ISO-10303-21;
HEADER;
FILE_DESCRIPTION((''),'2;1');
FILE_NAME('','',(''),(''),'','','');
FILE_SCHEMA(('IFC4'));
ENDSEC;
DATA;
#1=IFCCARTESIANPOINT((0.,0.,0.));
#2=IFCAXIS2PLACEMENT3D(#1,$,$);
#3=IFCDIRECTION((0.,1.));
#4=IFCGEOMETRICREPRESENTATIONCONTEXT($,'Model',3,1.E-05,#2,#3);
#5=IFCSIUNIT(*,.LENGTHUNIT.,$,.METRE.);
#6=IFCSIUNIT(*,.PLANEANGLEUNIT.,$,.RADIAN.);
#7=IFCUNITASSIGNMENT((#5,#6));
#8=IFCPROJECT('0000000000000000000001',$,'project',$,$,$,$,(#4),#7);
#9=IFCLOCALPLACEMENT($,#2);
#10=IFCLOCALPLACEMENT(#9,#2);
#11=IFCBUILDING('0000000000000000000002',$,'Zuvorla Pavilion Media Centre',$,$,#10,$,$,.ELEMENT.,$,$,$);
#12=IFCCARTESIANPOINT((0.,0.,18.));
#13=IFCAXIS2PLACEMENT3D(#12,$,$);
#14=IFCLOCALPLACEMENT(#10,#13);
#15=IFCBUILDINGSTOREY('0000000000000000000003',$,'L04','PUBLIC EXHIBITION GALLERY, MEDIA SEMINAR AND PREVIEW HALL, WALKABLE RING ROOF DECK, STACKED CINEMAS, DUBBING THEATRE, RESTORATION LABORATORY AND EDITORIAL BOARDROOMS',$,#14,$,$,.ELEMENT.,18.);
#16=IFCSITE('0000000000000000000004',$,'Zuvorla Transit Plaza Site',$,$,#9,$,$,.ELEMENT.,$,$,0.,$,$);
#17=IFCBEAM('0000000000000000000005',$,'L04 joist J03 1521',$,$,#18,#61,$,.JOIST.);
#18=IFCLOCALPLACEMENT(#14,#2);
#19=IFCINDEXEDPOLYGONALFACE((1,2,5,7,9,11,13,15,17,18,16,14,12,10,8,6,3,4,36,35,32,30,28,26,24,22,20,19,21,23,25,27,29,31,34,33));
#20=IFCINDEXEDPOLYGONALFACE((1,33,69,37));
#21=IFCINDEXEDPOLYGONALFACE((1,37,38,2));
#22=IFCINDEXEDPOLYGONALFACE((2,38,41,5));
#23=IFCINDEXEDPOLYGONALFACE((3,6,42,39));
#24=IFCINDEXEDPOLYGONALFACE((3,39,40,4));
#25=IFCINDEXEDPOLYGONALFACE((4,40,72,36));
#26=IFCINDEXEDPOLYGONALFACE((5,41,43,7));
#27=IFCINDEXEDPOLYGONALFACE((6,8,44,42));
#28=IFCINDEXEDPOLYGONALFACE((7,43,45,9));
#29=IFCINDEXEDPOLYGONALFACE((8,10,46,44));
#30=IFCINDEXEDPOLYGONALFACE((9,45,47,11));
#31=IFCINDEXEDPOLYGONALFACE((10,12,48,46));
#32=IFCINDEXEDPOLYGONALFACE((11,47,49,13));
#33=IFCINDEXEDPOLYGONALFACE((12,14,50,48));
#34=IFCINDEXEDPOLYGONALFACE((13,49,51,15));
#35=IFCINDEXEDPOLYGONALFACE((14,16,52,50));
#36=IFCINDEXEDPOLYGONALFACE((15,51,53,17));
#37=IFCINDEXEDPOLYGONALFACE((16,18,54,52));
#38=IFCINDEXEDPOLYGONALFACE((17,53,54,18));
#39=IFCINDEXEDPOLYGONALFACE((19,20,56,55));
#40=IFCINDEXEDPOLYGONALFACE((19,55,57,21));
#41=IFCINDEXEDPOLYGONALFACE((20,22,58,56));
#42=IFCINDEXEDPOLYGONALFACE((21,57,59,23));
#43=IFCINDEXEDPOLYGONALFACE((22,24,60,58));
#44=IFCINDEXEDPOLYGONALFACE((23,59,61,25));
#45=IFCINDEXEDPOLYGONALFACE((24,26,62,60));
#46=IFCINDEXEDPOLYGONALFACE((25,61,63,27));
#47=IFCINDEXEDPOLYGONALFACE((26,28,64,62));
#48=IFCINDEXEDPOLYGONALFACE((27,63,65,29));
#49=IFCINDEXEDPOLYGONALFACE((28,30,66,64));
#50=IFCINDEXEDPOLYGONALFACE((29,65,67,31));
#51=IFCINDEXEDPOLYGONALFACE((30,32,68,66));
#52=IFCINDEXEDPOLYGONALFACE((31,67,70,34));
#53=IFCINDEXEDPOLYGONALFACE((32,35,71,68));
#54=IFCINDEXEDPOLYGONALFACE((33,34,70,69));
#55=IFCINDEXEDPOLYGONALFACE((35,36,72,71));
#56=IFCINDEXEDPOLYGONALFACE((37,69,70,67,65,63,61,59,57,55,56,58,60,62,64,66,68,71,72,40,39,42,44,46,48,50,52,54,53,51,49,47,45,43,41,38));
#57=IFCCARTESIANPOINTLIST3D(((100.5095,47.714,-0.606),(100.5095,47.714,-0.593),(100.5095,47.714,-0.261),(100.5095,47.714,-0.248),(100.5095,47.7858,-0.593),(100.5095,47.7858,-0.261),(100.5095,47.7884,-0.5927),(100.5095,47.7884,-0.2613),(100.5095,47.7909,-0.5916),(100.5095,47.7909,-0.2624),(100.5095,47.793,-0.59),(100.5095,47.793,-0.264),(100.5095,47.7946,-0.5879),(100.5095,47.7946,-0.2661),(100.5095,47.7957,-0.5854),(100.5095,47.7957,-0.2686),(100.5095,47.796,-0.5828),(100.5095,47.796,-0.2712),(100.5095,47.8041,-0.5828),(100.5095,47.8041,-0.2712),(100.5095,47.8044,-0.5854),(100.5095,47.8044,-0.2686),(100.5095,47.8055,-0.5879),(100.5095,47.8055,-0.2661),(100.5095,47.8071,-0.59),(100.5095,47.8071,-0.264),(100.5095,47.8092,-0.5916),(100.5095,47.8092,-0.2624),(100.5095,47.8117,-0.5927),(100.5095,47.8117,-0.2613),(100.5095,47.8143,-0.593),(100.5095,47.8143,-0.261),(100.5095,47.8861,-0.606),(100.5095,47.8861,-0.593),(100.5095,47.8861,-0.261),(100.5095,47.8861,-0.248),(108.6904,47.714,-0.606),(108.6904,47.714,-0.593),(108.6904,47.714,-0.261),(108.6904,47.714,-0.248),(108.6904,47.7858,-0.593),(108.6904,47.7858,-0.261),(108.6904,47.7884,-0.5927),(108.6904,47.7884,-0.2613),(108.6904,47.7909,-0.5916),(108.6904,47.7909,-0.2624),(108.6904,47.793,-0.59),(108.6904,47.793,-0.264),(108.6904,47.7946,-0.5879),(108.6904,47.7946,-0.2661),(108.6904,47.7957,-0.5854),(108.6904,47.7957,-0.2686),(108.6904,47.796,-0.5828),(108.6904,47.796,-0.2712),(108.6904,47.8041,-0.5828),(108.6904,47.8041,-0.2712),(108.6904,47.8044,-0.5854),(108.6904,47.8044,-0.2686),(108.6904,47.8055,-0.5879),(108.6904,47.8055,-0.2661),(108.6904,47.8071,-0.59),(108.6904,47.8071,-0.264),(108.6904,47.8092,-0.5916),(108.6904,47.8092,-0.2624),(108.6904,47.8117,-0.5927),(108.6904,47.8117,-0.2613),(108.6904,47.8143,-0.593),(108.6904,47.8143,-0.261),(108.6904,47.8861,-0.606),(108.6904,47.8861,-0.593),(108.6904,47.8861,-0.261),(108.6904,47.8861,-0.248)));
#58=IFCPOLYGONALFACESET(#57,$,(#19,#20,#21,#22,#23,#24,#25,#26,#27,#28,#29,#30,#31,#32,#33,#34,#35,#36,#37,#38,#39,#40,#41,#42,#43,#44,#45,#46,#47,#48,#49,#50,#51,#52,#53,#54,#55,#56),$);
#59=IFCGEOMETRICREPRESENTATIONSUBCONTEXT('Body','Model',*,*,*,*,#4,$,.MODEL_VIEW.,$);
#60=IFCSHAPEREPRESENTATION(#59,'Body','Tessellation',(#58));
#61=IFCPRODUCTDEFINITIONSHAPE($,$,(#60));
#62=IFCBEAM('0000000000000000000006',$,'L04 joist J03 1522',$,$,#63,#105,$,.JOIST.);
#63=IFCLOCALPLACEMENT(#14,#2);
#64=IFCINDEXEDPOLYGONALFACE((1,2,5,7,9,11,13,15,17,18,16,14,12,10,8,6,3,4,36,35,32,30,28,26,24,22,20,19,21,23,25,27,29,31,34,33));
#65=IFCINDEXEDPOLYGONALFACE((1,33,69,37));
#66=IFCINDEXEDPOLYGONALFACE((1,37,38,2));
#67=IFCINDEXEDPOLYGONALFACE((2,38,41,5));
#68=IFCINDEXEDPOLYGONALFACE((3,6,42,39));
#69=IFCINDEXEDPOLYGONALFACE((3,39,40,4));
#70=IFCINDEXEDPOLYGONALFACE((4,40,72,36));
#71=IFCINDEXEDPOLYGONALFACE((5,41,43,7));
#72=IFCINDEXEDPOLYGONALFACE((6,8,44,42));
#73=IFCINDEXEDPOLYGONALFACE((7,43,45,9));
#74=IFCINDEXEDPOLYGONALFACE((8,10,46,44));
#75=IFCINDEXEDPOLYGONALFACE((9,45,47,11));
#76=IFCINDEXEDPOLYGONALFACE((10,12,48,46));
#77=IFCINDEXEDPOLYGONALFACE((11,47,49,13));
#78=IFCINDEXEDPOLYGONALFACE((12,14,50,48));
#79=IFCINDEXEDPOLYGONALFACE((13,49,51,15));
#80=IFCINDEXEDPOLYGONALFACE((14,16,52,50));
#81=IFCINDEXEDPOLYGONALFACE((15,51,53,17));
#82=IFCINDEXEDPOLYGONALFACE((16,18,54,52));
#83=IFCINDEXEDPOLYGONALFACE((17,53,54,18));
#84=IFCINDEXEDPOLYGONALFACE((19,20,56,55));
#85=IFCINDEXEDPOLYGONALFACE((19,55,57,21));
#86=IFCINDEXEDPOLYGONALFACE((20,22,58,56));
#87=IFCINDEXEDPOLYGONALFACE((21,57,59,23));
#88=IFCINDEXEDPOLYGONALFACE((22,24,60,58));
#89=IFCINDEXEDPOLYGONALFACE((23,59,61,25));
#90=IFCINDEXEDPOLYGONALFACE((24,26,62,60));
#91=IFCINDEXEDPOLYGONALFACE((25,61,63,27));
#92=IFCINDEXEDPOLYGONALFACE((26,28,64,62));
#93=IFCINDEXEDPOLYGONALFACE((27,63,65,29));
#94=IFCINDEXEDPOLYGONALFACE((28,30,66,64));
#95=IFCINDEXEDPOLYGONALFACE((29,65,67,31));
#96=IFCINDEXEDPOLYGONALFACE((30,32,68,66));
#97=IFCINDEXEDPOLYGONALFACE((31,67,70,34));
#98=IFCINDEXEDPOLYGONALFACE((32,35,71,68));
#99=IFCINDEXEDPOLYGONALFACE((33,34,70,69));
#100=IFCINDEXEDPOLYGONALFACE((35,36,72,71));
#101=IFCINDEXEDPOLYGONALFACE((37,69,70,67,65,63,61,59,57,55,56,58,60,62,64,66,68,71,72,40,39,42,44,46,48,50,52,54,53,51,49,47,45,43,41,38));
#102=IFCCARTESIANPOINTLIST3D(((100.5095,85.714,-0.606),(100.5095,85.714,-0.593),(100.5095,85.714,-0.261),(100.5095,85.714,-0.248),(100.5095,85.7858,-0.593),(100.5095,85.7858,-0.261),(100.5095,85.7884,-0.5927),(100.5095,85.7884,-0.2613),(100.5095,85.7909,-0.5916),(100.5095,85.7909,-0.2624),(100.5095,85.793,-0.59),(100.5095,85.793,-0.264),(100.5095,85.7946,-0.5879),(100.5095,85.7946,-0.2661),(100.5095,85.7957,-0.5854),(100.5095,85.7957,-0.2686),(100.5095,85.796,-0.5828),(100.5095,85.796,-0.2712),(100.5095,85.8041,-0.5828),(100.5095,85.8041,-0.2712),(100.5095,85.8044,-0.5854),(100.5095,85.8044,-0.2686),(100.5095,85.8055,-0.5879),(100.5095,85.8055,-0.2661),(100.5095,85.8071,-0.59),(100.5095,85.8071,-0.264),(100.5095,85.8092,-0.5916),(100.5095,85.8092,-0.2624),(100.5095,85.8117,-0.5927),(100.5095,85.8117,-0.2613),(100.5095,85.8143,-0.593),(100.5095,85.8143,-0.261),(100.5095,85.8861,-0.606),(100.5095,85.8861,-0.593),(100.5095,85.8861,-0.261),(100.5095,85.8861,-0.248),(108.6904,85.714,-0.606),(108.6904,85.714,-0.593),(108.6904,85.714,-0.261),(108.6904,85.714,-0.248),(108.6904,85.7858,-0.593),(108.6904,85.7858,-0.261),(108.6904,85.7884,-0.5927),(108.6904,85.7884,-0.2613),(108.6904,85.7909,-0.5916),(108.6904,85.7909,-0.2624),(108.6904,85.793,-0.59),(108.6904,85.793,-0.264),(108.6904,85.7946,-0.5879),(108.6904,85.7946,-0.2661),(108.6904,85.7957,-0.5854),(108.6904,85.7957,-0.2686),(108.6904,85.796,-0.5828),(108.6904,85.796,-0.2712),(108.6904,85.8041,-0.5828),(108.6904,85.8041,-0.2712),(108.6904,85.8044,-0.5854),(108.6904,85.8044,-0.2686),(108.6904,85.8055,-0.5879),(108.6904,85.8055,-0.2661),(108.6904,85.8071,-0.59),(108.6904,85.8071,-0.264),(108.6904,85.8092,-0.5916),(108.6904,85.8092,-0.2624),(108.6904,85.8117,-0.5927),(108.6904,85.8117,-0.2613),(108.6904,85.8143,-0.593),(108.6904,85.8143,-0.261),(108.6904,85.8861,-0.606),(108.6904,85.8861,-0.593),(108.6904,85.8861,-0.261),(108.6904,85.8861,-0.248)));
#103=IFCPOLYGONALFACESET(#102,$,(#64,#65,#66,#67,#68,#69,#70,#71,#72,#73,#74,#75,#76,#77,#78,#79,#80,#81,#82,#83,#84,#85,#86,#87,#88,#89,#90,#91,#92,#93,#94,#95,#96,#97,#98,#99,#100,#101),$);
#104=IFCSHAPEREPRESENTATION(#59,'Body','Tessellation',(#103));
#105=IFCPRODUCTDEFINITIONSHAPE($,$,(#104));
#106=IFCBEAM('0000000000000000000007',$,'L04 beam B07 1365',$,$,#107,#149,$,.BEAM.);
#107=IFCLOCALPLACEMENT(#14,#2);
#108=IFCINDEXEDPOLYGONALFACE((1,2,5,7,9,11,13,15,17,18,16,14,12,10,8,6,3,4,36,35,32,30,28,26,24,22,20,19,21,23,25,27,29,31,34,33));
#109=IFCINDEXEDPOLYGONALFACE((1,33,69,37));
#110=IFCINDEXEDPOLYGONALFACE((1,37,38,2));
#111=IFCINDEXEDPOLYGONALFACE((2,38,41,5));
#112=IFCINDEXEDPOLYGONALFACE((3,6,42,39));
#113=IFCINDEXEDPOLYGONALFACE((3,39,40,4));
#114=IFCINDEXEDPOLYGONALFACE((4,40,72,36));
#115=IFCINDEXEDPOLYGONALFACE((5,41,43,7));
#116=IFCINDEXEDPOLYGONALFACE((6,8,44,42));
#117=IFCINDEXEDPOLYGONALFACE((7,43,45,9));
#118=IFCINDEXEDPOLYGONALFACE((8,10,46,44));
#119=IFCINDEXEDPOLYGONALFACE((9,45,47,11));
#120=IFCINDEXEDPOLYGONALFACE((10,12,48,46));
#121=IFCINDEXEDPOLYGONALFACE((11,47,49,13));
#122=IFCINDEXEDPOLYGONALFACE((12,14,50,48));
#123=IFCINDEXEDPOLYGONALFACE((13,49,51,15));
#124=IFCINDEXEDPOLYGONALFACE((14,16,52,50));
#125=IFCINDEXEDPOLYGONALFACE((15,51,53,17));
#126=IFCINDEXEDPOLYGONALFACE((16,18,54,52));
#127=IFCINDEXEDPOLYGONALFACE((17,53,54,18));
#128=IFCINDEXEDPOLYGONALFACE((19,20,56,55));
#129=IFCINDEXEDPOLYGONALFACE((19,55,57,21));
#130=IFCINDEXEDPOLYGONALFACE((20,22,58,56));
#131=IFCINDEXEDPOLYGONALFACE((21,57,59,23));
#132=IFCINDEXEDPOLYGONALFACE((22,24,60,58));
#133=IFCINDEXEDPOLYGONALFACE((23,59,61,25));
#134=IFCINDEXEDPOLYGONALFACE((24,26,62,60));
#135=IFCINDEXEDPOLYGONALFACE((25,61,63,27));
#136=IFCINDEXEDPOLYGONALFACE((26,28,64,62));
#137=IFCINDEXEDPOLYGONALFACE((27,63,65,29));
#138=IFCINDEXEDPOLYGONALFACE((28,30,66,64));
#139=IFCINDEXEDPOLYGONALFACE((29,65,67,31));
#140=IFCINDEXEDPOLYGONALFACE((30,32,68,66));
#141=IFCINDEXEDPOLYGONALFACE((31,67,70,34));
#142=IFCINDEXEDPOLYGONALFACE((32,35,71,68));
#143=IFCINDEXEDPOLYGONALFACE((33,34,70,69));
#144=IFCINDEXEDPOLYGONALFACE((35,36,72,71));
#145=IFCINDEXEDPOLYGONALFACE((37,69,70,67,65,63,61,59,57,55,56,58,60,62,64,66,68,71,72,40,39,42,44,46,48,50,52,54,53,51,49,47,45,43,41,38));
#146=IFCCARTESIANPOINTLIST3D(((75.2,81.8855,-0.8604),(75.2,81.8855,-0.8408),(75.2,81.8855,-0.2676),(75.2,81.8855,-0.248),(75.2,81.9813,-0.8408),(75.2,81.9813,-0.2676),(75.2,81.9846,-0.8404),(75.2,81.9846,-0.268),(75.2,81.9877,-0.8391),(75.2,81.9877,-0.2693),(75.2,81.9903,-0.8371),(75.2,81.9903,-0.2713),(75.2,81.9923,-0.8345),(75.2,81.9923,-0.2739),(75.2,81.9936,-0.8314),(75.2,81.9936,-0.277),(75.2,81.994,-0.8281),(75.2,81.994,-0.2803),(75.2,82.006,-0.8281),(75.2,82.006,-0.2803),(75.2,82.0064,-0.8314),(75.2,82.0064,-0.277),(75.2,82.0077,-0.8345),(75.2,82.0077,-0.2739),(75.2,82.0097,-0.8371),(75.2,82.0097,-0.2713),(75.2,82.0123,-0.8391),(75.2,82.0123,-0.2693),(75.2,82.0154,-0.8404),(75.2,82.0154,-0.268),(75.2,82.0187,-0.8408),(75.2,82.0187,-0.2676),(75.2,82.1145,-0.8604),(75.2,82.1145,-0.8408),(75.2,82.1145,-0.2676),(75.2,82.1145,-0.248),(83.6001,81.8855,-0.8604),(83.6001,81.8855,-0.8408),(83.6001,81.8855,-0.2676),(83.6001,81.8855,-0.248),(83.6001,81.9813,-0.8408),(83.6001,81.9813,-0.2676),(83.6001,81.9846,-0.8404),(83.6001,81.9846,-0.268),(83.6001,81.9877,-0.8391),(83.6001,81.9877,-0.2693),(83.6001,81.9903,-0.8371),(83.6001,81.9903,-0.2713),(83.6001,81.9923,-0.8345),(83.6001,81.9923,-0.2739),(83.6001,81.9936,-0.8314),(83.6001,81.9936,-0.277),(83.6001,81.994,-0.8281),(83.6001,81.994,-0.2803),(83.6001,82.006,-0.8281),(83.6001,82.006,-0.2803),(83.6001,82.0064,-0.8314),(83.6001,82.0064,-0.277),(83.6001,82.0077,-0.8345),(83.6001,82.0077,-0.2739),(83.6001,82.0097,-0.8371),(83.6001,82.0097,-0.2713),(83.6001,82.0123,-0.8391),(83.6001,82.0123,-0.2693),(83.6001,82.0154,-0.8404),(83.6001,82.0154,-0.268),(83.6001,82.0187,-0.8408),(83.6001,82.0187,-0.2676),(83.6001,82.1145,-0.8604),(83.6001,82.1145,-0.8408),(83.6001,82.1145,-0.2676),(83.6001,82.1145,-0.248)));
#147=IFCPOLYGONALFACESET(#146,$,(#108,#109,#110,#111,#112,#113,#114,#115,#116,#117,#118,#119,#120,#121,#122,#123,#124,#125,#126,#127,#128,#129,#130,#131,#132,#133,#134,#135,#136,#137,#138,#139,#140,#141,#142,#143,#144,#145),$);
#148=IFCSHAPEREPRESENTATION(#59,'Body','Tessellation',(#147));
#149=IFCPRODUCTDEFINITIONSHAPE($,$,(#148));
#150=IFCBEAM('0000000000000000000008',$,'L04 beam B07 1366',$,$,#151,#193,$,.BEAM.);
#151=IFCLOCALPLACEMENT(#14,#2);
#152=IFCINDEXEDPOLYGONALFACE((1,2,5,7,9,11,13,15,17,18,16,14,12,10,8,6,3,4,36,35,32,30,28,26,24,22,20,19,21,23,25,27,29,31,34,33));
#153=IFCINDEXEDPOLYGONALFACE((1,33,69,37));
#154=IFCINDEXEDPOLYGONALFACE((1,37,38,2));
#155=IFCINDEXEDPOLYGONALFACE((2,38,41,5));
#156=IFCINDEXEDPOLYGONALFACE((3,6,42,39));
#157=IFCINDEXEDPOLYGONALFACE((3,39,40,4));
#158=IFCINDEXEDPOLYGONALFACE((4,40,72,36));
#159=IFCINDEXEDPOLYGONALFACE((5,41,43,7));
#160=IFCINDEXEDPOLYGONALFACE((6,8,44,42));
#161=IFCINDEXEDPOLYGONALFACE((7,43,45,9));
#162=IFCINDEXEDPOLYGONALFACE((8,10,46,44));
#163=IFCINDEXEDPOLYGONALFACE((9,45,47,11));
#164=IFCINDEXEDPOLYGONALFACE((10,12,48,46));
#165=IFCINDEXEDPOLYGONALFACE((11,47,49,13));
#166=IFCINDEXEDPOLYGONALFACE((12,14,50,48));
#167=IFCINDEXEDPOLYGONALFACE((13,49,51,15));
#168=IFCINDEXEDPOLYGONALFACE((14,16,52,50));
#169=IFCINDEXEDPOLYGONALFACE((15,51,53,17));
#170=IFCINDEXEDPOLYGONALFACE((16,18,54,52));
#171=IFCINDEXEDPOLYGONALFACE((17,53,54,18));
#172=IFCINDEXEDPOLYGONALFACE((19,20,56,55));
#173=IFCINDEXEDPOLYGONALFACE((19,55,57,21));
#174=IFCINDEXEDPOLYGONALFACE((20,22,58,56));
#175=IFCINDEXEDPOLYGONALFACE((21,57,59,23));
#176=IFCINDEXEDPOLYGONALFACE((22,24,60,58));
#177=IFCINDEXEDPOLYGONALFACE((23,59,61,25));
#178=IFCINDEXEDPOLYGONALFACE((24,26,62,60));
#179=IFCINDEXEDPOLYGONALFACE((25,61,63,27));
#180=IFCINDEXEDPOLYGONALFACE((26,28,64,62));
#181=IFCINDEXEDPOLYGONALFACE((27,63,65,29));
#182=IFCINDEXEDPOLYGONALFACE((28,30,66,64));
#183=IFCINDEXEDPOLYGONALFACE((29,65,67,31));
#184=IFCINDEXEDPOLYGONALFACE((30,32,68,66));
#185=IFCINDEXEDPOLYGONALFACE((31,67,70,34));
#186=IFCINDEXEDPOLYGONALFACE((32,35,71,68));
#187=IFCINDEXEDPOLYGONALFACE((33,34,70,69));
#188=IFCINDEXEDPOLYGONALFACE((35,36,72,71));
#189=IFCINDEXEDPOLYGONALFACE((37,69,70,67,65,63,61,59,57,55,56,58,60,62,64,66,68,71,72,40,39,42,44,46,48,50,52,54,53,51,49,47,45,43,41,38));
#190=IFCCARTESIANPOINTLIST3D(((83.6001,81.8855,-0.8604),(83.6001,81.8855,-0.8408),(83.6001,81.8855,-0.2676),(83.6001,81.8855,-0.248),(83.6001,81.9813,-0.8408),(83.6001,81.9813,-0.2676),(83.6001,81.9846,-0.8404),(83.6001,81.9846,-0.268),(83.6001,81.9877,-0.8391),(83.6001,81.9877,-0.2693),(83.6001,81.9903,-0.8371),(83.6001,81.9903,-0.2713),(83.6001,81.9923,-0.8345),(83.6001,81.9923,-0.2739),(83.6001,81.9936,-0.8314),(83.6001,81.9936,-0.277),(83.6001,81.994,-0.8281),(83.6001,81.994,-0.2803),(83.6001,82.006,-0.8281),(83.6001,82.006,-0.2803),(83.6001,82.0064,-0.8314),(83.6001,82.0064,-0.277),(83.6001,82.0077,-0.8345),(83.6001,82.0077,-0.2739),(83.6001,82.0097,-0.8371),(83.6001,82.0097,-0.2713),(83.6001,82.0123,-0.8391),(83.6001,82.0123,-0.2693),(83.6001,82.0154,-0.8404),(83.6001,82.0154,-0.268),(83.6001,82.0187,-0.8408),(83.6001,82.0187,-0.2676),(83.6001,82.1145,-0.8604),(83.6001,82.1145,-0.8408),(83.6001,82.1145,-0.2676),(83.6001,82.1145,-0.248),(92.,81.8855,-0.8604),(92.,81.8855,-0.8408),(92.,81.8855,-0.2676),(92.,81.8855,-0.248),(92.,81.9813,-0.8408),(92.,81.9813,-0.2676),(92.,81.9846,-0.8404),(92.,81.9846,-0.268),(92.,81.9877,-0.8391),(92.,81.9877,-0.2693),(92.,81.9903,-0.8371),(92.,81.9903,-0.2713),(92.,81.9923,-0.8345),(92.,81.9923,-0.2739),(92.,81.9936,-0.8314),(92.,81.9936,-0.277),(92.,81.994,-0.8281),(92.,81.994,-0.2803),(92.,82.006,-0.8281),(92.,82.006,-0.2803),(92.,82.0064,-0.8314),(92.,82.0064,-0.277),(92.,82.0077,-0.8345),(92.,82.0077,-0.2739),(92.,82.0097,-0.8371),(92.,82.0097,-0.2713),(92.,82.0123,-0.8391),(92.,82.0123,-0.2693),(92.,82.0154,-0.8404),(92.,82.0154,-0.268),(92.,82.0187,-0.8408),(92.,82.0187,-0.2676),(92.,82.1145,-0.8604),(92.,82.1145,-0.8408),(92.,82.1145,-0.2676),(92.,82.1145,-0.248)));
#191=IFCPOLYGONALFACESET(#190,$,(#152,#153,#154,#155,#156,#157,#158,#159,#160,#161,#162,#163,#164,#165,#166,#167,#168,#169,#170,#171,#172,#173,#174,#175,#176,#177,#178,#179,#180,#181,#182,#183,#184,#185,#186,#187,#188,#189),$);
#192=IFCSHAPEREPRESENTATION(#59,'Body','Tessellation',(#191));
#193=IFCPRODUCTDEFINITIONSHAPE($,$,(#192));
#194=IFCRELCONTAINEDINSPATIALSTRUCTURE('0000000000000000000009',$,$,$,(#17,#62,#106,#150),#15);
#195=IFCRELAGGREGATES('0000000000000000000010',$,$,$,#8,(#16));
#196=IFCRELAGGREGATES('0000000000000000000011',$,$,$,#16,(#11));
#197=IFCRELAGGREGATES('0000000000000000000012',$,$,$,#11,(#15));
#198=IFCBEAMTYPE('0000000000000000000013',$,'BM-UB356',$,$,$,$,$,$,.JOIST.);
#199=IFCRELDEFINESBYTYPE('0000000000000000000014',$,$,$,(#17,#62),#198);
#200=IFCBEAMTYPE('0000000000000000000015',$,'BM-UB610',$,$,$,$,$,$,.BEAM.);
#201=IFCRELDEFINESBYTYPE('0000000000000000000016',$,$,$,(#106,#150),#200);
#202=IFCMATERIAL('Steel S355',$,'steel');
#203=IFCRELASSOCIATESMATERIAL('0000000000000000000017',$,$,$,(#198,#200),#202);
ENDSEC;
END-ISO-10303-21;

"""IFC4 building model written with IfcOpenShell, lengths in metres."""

from ifc_helpers import new_model, si_unit, direction, frame, origin, origin_2d, place, context, subcontext, project, spatial, i_section, extrude, material, material_profile, profile_set, type_object, element, save


model = new_model("IFC4")

# Units and contexts
model_context = context("Model", 3, precision=1e-05, world=origin(), true_north=direction((0.0, 1.0)))
body_context = subcontext(model_context, "Body", "Model", "MODEL_VIEW")
ifc_project = project(units=[si_unit("LENGTHUNIT", "METRE"), si_unit("PLANEANGLEUNIT", "RADIAN")], contexts=[model_context])

# Site, building, storey
site_placement = place(None, origin())
site = spatial("IfcSite", under=ifc_project, at=site_placement, Name="Zuvorla Transit Plaza Site", CompositionType="ELEMENT", RefElevation=0.0)
building_placement = place(site_placement, origin())
building = spatial("IfcBuilding", under=site, at=building_placement, Name="Zuvorla Pavilion Media Centre", CompositionType="ELEMENT")
storey_placement = place(building_placement, frame((0.0, 0.0, 18.0)))
storey = spatial("IfcBuildingStorey", under=building, at=storey_placement, Name="L04", Description="PUBLIC EXHIBITION GALLERY, MEDIA SEMINAR AND PREVIEW HALL, WALKABLE RING ROOF DECK, STACKED CINEMAS, DUBBING THEATRE, RESTORATION LABORATORY AND EDITORIAL BOARDROOMS", CompositionType="ELEMENT", Elevation=18.0)

# Beams
ifc_material = material(Name="Steel S355", Category="steel")
ifc_material_profile_1 = material_profile(ifc_material, i_section(OverallWidth=0.1721, OverallDepth=0.3579, WebThickness=0.0081, FlangeThickness=0.0129, FilletRadius=0.0103, at=origin_2d()), Name="UB 356x171x57")
ifc_profile_set_1 = profile_set([ifc_material_profile_1], Name="Steel S355")
beam_type_1 = type_object("IfcBeamType", Name="BM-UB356", PredefinedType="JOIST", material=ifc_profile_set_1)
for number, where, z_axis, x_axis, name in (
    (1, (100.5095, 47.8, -0.427), (1.0, 0.0, 0.0), (0.0, 1.0, 0.0), "L04 joist J03 1521"),
    (2, (100.5095, 85.8, -0.427), (1.0, 0.0, 0.0), (0.0, 1.0, 0.0), "L04 joist J03 1522"),
):
    element("IfcBeam", number, at=place(storey_placement, frame(where, z_axis=z_axis, x_axis=x_axis)), inside=storey, type_object=beam_type_1, Name=name, PredefinedType="JOIST", context=body_context, shape_type="SweptSolid", body=[
        extrude(i_section(OverallWidth=0.1721, OverallDepth=0.3579, WebThickness=0.0081, FlangeThickness=0.0129, FilletRadius=0.0103, at=origin_2d()), origin(), (0.0, 0.0, 1.0), 8.1809),
    ])
ifc_material_profile_2 = material_profile(ifc_material, i_section(OverallWidth=0.229, OverallDepth=0.6123, WebThickness=0.012, FlangeThickness=0.0195, FilletRadius=0.0127, at=origin_2d()), Name="UB 610x229x125")
ifc_profile_set_2 = profile_set([ifc_material_profile_2], Name="Steel S355")
beam_type_2 = type_object("IfcBeamType", Name="BM-UB610", PredefinedType="BEAM", material=ifc_profile_set_2)
beam_1_placement = place(storey_placement, frame((75.2, 82.0, -0.5542), z_axis=(1.0, 0.0, 0.0), x_axis=(0.0, 1.0, 0.0)))
element("IfcBeam", 3, at=beam_1_placement, inside=storey, type_object=beam_type_2, Name="L04 beam B07 1365", PredefinedType="BEAM", context=body_context, shape_type="SweptSolid", body=[
    extrude(i_section(OverallWidth=0.229, OverallDepth=0.6123, WebThickness=0.012, FlangeThickness=0.0195, FilletRadius=0.0127, at=origin_2d()), origin(), (0.0, 0.0, 1.0), 8.4001),
])
beam_2_placement = place(storey_placement, frame((83.6001, 82.0, -0.5542), z_axis=(1.0, 0.0, 0.0), x_axis=(0.0, 1.0, 0.0)))
element("IfcBeam", 4, at=beam_2_placement, inside=storey, type_object=beam_type_2, Name="L04 beam B07 1366", PredefinedType="BEAM", context=body_context, shape_type="SweptSolid", body=[
    extrude(i_section(OverallWidth=0.229, OverallDepth=0.6123, WebThickness=0.012, FlangeThickness=0.0195, FilletRadius=0.0127, at=origin_2d()), origin(), (0.0, 0.0, 1.0), 8.3999),
])

save(model, "model.ifc")
